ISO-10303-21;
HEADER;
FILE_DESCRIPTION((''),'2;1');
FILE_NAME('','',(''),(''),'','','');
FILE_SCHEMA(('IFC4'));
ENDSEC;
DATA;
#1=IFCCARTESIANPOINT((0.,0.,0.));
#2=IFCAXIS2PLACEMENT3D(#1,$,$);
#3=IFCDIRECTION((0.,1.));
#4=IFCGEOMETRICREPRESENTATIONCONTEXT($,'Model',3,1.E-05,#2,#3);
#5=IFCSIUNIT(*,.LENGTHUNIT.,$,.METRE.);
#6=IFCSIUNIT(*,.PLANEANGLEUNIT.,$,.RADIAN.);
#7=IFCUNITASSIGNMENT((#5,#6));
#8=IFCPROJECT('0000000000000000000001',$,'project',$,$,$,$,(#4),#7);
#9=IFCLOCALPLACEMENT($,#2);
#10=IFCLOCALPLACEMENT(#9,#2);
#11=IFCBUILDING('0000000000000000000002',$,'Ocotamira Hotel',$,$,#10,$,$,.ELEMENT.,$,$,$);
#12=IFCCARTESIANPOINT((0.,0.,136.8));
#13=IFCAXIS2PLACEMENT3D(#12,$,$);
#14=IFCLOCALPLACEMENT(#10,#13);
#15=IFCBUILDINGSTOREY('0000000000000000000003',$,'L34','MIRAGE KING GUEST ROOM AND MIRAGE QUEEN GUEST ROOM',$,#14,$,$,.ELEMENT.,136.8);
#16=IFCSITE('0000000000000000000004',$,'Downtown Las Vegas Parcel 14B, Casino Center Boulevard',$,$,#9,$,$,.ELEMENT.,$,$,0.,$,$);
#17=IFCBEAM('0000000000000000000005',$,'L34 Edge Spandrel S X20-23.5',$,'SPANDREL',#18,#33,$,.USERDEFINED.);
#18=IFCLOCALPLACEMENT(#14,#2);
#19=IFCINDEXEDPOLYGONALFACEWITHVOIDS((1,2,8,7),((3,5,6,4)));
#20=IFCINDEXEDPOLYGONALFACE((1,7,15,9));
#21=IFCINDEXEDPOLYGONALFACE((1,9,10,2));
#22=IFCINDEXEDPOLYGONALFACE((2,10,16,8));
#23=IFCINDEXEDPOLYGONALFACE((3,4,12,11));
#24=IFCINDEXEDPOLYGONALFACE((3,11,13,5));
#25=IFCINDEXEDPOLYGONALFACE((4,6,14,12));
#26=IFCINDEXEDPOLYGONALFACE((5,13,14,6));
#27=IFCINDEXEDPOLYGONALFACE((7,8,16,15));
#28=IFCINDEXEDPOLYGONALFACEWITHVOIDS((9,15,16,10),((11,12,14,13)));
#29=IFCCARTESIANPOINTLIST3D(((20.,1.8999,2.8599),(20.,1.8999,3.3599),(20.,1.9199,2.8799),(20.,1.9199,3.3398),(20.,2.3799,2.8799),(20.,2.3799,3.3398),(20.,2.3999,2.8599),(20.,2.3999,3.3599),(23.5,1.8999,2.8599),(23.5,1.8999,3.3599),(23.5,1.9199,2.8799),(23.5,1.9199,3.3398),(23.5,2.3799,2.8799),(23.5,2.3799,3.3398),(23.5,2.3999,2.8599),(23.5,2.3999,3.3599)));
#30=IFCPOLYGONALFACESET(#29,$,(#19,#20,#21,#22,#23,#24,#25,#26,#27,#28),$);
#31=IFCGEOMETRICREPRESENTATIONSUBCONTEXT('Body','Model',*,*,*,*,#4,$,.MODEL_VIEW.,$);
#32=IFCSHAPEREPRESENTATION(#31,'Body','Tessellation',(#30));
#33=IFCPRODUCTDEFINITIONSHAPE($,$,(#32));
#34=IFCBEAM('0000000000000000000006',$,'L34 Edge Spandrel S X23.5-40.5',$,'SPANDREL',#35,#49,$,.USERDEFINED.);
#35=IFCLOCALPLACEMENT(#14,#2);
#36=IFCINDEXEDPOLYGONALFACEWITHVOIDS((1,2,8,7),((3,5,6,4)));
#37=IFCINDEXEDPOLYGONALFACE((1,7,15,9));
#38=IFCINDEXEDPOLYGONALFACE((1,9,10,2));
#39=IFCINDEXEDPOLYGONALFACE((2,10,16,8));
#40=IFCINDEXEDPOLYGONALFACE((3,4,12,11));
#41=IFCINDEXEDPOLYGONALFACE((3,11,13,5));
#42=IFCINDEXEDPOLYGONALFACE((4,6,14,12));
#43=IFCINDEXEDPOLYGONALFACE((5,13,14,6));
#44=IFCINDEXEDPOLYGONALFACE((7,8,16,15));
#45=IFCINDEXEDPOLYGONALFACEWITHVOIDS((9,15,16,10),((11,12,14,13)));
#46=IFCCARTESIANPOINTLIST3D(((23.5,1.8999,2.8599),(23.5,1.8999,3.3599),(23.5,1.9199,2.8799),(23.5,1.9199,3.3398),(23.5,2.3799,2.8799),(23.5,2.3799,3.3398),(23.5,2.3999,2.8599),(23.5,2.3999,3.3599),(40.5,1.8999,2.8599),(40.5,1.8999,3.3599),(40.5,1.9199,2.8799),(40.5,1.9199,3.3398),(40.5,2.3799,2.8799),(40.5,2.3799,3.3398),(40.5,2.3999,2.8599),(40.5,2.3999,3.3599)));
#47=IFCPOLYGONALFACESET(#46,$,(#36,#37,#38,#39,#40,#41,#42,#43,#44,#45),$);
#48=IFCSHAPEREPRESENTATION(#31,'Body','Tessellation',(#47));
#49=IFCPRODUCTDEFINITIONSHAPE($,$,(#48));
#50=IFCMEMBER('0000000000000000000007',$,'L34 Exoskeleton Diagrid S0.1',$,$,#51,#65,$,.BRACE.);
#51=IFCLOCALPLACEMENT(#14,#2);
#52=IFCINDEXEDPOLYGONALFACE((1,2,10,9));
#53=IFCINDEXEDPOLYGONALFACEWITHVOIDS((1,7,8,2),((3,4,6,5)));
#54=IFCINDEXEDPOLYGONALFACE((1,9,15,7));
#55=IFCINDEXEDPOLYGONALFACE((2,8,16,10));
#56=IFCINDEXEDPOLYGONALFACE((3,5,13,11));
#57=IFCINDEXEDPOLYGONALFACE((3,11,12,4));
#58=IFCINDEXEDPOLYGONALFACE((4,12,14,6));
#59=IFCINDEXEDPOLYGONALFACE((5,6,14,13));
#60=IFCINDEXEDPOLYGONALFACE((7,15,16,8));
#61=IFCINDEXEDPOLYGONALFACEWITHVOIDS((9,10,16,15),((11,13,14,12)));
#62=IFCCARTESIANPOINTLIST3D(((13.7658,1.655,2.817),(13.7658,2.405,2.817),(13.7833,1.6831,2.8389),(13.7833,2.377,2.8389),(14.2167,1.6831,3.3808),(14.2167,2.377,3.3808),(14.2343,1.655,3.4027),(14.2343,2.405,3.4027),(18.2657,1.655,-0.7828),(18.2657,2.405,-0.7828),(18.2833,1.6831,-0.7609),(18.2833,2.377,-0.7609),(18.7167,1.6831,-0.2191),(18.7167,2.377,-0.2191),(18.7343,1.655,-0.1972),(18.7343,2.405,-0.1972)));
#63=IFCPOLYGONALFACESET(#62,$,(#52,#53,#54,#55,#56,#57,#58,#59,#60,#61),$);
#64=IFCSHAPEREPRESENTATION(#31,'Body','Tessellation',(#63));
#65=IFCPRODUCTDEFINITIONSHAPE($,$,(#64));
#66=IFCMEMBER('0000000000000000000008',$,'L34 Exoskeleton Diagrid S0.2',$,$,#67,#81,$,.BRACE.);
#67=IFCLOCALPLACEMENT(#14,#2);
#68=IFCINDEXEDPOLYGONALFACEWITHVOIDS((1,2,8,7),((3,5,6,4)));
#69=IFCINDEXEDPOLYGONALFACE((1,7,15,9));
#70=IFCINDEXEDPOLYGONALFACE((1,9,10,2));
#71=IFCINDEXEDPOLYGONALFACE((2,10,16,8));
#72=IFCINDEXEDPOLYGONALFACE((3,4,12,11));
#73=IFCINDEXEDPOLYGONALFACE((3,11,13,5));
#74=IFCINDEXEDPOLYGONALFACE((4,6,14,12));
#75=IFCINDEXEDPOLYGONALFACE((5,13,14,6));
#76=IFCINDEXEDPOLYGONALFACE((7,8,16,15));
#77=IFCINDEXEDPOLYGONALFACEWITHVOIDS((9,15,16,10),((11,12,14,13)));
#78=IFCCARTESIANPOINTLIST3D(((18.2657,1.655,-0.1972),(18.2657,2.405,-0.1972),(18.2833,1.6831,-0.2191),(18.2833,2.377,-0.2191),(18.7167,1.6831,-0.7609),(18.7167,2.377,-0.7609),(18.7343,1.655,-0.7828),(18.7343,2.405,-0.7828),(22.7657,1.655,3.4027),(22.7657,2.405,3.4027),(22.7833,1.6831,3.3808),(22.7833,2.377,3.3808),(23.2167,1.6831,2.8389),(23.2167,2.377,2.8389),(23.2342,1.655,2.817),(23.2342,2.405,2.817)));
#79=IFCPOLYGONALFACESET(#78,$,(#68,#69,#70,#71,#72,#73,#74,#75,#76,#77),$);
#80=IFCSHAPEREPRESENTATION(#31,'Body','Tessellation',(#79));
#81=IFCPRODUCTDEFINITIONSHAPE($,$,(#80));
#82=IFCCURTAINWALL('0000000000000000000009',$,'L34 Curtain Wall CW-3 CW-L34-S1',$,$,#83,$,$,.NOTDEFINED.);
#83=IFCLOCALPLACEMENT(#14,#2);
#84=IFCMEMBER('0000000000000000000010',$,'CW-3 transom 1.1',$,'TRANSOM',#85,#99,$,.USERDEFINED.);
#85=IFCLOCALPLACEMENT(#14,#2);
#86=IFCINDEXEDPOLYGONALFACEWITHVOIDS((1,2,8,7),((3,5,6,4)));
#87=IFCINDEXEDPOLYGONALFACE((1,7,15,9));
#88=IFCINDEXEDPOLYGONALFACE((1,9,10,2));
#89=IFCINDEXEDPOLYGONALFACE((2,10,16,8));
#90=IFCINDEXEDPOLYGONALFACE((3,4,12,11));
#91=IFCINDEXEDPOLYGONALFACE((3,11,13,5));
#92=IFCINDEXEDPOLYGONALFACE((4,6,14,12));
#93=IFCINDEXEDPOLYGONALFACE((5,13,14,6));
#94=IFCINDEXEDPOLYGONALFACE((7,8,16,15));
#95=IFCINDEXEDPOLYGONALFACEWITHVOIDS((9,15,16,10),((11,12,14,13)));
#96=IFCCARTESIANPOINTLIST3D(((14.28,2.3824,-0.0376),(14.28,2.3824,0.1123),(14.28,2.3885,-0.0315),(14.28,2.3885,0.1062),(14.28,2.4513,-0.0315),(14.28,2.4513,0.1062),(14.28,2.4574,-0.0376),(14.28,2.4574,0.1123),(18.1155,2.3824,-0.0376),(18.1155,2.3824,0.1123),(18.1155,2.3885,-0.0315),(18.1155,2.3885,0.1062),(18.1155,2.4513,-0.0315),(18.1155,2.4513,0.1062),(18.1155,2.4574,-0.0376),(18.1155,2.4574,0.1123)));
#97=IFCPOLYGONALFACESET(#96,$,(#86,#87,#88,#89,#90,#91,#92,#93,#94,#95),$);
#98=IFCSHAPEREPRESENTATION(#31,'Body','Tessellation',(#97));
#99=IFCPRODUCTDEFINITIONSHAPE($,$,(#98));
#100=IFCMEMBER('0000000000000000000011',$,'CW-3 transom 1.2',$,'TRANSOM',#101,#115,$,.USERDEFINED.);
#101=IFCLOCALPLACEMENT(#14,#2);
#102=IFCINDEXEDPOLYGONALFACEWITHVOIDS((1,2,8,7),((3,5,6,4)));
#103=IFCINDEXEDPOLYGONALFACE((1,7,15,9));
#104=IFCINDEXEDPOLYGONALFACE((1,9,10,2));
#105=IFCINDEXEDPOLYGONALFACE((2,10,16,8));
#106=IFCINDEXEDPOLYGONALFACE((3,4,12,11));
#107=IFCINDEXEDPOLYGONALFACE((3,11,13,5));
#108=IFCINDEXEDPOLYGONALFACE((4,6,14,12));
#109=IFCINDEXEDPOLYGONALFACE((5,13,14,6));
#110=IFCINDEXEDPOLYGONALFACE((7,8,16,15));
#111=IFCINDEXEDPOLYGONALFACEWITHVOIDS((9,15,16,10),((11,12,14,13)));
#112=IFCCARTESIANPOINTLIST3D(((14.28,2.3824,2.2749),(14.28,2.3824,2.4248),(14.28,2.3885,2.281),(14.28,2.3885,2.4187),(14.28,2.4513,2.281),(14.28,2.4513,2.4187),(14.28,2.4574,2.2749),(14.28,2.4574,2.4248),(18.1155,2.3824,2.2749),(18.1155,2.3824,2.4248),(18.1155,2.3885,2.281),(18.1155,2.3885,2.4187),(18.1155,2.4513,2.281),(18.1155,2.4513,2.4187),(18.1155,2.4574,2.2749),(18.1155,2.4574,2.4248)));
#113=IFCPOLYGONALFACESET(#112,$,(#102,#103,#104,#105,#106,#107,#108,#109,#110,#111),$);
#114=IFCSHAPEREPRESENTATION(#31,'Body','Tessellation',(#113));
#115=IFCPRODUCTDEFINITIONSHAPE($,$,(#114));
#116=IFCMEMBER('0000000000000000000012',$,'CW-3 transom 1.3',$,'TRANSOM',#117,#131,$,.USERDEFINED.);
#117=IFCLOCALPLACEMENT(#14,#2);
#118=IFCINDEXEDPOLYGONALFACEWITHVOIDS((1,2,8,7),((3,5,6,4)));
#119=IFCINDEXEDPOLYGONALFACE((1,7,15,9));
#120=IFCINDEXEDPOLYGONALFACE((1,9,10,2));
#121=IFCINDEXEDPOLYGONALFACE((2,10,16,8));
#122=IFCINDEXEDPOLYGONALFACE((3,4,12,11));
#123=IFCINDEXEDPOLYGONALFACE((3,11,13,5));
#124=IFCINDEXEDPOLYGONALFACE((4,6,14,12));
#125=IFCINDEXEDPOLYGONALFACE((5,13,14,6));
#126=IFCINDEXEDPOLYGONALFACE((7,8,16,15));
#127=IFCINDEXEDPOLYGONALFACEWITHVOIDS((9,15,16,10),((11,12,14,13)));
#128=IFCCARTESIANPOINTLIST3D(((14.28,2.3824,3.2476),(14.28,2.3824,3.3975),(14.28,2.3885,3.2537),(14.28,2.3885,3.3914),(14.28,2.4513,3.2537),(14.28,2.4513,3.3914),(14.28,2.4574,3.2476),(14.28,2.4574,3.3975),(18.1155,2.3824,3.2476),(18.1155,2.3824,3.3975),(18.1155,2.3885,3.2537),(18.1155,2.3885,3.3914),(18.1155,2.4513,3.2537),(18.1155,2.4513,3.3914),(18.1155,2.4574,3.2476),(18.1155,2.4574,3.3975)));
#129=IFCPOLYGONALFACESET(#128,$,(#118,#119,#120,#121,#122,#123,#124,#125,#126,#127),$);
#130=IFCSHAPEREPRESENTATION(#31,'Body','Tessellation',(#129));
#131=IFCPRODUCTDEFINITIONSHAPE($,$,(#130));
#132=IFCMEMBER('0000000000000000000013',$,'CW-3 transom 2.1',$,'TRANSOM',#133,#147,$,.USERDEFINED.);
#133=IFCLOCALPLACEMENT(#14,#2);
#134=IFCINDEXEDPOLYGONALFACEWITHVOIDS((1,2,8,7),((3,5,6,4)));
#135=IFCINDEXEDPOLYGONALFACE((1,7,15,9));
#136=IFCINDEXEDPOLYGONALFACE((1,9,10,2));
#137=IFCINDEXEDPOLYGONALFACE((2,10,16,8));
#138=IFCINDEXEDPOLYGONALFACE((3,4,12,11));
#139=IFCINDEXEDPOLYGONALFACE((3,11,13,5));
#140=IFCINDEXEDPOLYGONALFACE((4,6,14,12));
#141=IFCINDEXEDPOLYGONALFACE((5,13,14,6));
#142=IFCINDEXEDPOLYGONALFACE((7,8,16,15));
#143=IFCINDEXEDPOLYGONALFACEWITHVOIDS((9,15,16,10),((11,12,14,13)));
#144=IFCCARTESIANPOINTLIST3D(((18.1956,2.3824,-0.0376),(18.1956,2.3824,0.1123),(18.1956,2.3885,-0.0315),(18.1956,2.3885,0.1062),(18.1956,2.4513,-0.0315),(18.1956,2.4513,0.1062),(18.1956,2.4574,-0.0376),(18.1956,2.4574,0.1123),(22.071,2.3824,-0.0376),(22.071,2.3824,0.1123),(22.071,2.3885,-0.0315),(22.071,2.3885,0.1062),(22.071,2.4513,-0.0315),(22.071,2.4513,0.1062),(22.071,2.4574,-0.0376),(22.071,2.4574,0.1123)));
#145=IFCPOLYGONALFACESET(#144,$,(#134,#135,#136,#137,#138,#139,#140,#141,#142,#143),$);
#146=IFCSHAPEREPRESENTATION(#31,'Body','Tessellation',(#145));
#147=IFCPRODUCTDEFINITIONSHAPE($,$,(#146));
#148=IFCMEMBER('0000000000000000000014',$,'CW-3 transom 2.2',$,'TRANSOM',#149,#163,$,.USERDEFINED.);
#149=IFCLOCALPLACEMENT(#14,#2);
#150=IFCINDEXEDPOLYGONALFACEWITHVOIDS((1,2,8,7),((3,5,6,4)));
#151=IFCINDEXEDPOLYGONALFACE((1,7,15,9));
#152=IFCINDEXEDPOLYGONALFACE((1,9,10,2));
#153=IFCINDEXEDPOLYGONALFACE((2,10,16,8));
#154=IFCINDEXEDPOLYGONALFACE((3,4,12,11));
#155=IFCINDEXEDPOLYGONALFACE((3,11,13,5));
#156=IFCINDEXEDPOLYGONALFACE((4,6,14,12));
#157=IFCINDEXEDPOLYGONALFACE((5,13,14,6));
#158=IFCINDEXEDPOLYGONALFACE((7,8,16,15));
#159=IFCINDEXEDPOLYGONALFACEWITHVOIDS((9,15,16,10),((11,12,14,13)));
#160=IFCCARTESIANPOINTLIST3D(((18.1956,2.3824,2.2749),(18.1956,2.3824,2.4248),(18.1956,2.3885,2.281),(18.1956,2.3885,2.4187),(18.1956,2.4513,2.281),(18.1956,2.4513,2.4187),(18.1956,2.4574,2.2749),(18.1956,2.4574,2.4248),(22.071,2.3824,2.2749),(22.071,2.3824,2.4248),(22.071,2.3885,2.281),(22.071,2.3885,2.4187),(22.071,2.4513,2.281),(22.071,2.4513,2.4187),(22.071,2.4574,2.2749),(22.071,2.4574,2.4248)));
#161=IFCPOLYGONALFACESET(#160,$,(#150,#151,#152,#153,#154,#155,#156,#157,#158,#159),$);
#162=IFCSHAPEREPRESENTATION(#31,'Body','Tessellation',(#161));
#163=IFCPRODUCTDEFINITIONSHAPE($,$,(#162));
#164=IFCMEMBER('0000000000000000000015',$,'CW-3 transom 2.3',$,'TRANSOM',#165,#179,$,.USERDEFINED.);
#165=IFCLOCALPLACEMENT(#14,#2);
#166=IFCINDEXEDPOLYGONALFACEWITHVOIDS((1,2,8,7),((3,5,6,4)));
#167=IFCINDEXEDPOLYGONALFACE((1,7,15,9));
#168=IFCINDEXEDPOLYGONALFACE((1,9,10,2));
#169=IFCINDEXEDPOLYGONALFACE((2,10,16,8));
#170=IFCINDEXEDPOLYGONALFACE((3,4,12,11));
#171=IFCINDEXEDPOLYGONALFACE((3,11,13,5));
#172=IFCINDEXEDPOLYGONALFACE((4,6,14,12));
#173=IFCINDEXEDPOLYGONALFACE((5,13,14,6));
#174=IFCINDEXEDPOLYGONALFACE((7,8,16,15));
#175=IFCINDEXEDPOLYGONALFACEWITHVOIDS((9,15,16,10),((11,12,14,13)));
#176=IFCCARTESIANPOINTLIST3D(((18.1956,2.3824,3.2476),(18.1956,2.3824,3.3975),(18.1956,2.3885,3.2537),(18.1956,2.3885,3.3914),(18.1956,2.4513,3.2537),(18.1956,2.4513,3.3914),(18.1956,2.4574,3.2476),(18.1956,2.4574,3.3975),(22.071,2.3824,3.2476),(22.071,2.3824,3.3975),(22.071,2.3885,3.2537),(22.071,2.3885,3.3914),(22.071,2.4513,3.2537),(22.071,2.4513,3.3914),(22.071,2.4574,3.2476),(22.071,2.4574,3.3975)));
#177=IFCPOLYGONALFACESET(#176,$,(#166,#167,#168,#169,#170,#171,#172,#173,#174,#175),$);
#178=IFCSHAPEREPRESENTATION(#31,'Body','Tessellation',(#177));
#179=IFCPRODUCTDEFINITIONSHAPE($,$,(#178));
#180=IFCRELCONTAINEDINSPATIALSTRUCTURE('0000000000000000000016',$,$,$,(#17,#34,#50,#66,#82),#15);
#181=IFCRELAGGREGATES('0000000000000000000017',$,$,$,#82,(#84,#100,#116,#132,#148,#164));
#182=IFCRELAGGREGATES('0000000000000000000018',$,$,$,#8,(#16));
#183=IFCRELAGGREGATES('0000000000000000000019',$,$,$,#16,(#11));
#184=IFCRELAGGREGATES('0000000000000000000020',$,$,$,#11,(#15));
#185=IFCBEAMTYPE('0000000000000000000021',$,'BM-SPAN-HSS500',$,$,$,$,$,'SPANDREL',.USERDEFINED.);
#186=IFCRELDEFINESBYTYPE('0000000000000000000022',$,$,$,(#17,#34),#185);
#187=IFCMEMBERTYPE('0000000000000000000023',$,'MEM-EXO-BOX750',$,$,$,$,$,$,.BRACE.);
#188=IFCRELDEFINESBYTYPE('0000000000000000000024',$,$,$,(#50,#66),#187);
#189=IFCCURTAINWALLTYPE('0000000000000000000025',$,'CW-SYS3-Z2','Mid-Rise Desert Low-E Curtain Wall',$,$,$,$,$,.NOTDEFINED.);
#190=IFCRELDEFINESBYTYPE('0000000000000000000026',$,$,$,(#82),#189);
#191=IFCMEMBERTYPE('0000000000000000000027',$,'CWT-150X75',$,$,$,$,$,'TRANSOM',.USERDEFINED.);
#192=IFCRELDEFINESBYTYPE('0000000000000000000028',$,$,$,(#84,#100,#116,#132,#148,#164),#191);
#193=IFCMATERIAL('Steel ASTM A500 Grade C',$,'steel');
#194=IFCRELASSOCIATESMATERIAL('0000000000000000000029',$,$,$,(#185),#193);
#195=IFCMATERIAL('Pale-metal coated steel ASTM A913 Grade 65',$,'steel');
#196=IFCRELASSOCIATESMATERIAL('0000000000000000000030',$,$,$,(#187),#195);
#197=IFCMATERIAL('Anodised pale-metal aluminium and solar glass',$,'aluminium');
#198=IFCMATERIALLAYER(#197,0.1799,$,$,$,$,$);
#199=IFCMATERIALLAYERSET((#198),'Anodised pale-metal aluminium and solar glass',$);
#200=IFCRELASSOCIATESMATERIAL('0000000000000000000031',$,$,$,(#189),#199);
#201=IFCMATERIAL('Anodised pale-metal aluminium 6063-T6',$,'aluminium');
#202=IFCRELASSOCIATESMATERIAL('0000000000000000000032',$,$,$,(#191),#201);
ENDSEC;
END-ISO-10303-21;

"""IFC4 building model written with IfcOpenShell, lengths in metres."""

from ifc_helpers import new_model, si_unit, direction, frame, origin, origin_2d, place, context, subcontext, project, spatial, hollow_rectangle, extrude, source, transform, mapped, material, layer, layer_set, material_profile, profile_set, type_object, element, aggregate, save


model = new_model("IFC4")

# Units and contexts
model_context = context("Model", 3, precision=1e-05, world=origin(), true_north=direction((0.0, 1.0)))
body_context = subcontext(model_context, "Body", "Model", "MODEL_VIEW")
ifc_project = project(units=[si_unit("LENGTHUNIT", "METRE"), si_unit("PLANEANGLEUNIT", "RADIAN")], contexts=[model_context])

# Site, building, storey
site_placement = place(None, origin())
site = spatial("IfcSite", under=ifc_project, at=site_placement, Name="Downtown Las Vegas Parcel 14B, Casino Center Boulevard", CompositionType="ELEMENT", RefElevation=0.0)
building_placement = place(site_placement, origin())
building = spatial("IfcBuilding", under=site, at=building_placement, Name="Ocotamira Hotel", CompositionType="ELEMENT")
storey_placement = place(building_placement, frame((0.0, 0.0, 136.8)))
storey = spatial("IfcBuildingStorey", under=building, at=storey_placement, Name="L34", Description="MIRAGE KING GUEST ROOM AND MIRAGE QUEEN GUEST ROOM", CompositionType="ELEMENT", Elevation=136.8)

# Beams
ifc_material_1 = material(Name="Steel ASTM A500 Grade C", Category="steel")
ifc_material_profile_1 = material_profile(ifc_material_1, hollow_rectangle(XDim=0.5, YDim=0.5, WallThickness=0.02, at=origin_2d()), Name="HSS500X500X20")
ifc_profile_set_1 = profile_set([ifc_material_profile_1], Name="Steel ASTM A500 Grade C")
beam_type_1 = type_object("IfcBeamType", Name="BM-SPAN-HSS500", ElementType="SPANDREL", PredefinedType="USERDEFINED", material=ifc_profile_set_1)
shared_shape_1 = source(origin(), body_context, "Body", "SweptSolid", [
    extrude(hollow_rectangle(XDim=0.5, YDim=0.5, WallThickness=0.02, at=origin_2d()), origin(), (0.0, 0.0, 1.0), 3.5),
])
beam_1_placement = place(storey_placement, frame((20.0, 2.1499, 3.1099), z_axis=(1.0, 0.0, 0.0), x_axis=(0.0, 1.0, 0.0)))
element("IfcBeam", 1, at=beam_1_placement, inside=storey, type_object=beam_type_1, Name="L34 Edge Spandrel S X20-23.5", ObjectType="SPANDREL", PredefinedType="USERDEFINED", context=body_context, shape_type="MappedRepresentation", body=[
    mapped(shared_shape_1, transform((0.0, 0.0, 0.0), scale=1.0)),
])
shared_shape_2 = source(origin(), body_context, "Body", "SweptSolid", [
    extrude(hollow_rectangle(XDim=0.5, YDim=0.5, WallThickness=0.02, at=origin_2d()), origin(), (0.0, 0.0, 1.0), 17.0),
])
beam_2_placement = place(storey_placement, frame((23.5, 2.1499, 3.1099), z_axis=(1.0, 0.0, 0.0), x_axis=(0.0, 1.0, 0.0)))
element("IfcBeam", 2, at=beam_2_placement, inside=storey, type_object=beam_type_1, Name="L34 Edge Spandrel S X23.5-40.5", ObjectType="SPANDREL", PredefinedType="USERDEFINED", context=body_context, shape_type="MappedRepresentation", body=[
    mapped(shared_shape_2, transform((0.0, 0.0, 0.0), scale=1.0)),
])

# Members
ifc_material_2 = material(Name="Pale-metal coated steel ASTM A913 Grade 65", Category="steel")
ifc_material_profile_2 = material_profile(ifc_material_2, hollow_rectangle(XDim=0.75, YDim=0.75, WallThickness=0.0281, at=origin_2d()), Name="BOX750X750X28")
ifc_profile_set_2 = profile_set([ifc_material_profile_2], Name="Pale-metal coated steel ASTM A913 Grade 65")
member_type_1 = type_object("IfcMemberType", Name="MEM-EXO-BOX750", PredefinedType="BRACE", material=ifc_profile_set_2)
shared_shape_3 = source(origin(), body_context, "Body", "SweptSolid", [
    extrude(hollow_rectangle(XDim=0.75, YDim=0.75, WallThickness=0.0281, at=origin_2d()), origin(), (0.0, 0.0, 1.0), 5.7627),
])
for number, where, z_axis, x_axis, name in (
    (3, (18.5, 2.03, -0.49), (-0.780881, 0.0, 0.62468), (0.0, -1.0, 0.0), "L34 Exoskeleton Diagrid S0.1"),
    (4, (18.5, 2.03, -0.49), (0.780881, 0.0, 0.62468), (0.0, 1.0, 0.0), "L34 Exoskeleton Diagrid S0.2"),
):
    element("IfcMember", number, at=place(storey_placement, frame(where, z_axis=z_axis, x_axis=x_axis)), inside=storey, type_object=member_type_1, Name=name, PredefinedType="BRACE", context=body_context, shape_type="MappedRepresentation", body=[
        mapped(shared_shape_3, transform((0.0, 0.0, 0.0), scale=1.0)),
    ])

# Curtain wall, members
ifc_material_3 = material(Name="Anodised pale-metal aluminium and solar glass", Category="aluminium")
ifc_layer_1 = layer(ifc_material_3, 0.1799)
ifc_layer_set_1 = layer_set([ifc_layer_1], Name="Anodised pale-metal aluminium and solar glass")
curtain_wall_type = type_object("IfcCurtainWallType", Name="CW-SYS3-Z2", Description="Mid-Rise Desert Low-E Curtain Wall", PredefinedType="NOTDEFINED", material=ifc_layer_set_1)
curtain_wall_placement = place(storey_placement, origin())
curtain_wall = element("IfcCurtainWall", 5, at=curtain_wall_placement, inside=storey, type_object=curtain_wall_type, Name="L34 Curtain Wall CW-3 CW-L34-S1", PredefinedType="NOTDEFINED")
ifc_material_4 = material(Name="Anodised pale-metal aluminium 6063-T6", Category="aluminium")
ifc_material_profile_3 = material_profile(ifc_material_4, hollow_rectangle(XDim=0.075, YDim=0.1499, WallThickness=0.0061, at=origin_2d()), Name="HSS150X75X6")
ifc_profile_set_3 = profile_set([ifc_material_profile_3], Name="Anodised pale-metal aluminium 6063-T6")
member_type_2 = type_object("IfcMemberType", Name="CWT-150X75", ElementType="TRANSOM", PredefinedType="USERDEFINED", material=ifc_profile_set_3)
shared_shape_4 = source(origin(), body_context, "Body", "SweptSolid", [
    extrude(hollow_rectangle(XDim=0.075, YDim=0.1499, WallThickness=0.0061, at=origin_2d()), origin(), (0.0, 0.0, 1.0), 3.8354),
])
member_1_placement = place(storey_placement, frame((14.28, 2.4199, 0.0374), z_axis=(1.0, 0.0, 0.0), x_axis=(0.0, 1.0, 0.0)))
member_1 = element("IfcMember", 6, at=member_1_placement, type_object=member_type_2, Name="CW-3 transom 1.1", ObjectType="TRANSOM", PredefinedType="USERDEFINED", context=body_context, shape_type="MappedRepresentation", body=[
    mapped(shared_shape_4, transform((0.0, 0.0, 0.0), scale=1.0)),
])
member_2_placement = place(storey_placement, frame((14.28, 2.4199, 2.3499), z_axis=(1.0, 0.0, 0.0), x_axis=(0.0, 1.0, 0.0)))
member_2 = element("IfcMember", 7, at=member_2_placement, type_object=member_type_2, Name="CW-3 transom 1.2", ObjectType="TRANSOM", PredefinedType="USERDEFINED", context=body_context, shape_type="MappedRepresentation", body=[
    mapped(shared_shape_4, transform((0.0, 0.0, 0.0), scale=1.0)),
])
member_3_placement = place(storey_placement, frame((14.28, 2.4199, 3.3225), z_axis=(1.0, 0.0, 0.0), x_axis=(0.0, 1.0, 0.0)))
member_3 = element("IfcMember", 8, at=member_3_placement, type_object=member_type_2, Name="CW-3 transom 1.3", ObjectType="TRANSOM", PredefinedType="USERDEFINED", context=body_context, shape_type="MappedRepresentation", body=[
    mapped(shared_shape_4, transform((0.0, 0.0, 0.0), scale=1.0)),
])
shared_shape_5 = source(origin(), body_context, "Body", "SweptSolid", [
    extrude(hollow_rectangle(XDim=0.075, YDim=0.1499, WallThickness=0.0061, at=origin_2d()), origin(), (0.0, 0.0, 1.0), 3.8755),
])
member_4_placement = place(storey_placement, frame((18.1956, 2.4199, 0.0374), z_axis=(1.0, 0.0, 0.0), x_axis=(0.0, 1.0, 0.0)))
member_4 = element("IfcMember", 9, at=member_4_placement, type_object=member_type_2, Name="CW-3 transom 2.1", ObjectType="TRANSOM", PredefinedType="USERDEFINED", context=body_context, shape_type="MappedRepresentation", body=[
    mapped(shared_shape_5, transform((0.0, 0.0, 0.0), scale=1.0)),
])
member_5_placement = place(storey_placement, frame((18.1956, 2.4199, 2.3499), z_axis=(1.0, 0.0, 0.0), x_axis=(0.0, 1.0, 0.0)))
member_5 = element("IfcMember", 10, at=member_5_placement, type_object=member_type_2, Name="CW-3 transom 2.2", ObjectType="TRANSOM", PredefinedType="USERDEFINED", context=body_context, shape_type="MappedRepresentation", body=[
    mapped(shared_shape_5, transform((0.0, 0.0, 0.0), scale=1.0)),
])
member_6_placement = place(storey_placement, frame((18.1956, 2.4199, 3.3225), z_axis=(1.0, 0.0, 0.0), x_axis=(0.0, 1.0, 0.0)))
member_6 = element("IfcMember", 11, at=member_6_placement, type_object=member_type_2, Name="CW-3 transom 2.3", ObjectType="TRANSOM", PredefinedType="USERDEFINED", context=body_context, shape_type="MappedRepresentation", body=[
    mapped(shared_shape_5, transform((0.0, 0.0, 0.0), scale=1.0)),
])

aggregate(curtain_wall, [member_1, member_2, member_3, member_4, member_5, member_6])

save(model, "model.ifc")
